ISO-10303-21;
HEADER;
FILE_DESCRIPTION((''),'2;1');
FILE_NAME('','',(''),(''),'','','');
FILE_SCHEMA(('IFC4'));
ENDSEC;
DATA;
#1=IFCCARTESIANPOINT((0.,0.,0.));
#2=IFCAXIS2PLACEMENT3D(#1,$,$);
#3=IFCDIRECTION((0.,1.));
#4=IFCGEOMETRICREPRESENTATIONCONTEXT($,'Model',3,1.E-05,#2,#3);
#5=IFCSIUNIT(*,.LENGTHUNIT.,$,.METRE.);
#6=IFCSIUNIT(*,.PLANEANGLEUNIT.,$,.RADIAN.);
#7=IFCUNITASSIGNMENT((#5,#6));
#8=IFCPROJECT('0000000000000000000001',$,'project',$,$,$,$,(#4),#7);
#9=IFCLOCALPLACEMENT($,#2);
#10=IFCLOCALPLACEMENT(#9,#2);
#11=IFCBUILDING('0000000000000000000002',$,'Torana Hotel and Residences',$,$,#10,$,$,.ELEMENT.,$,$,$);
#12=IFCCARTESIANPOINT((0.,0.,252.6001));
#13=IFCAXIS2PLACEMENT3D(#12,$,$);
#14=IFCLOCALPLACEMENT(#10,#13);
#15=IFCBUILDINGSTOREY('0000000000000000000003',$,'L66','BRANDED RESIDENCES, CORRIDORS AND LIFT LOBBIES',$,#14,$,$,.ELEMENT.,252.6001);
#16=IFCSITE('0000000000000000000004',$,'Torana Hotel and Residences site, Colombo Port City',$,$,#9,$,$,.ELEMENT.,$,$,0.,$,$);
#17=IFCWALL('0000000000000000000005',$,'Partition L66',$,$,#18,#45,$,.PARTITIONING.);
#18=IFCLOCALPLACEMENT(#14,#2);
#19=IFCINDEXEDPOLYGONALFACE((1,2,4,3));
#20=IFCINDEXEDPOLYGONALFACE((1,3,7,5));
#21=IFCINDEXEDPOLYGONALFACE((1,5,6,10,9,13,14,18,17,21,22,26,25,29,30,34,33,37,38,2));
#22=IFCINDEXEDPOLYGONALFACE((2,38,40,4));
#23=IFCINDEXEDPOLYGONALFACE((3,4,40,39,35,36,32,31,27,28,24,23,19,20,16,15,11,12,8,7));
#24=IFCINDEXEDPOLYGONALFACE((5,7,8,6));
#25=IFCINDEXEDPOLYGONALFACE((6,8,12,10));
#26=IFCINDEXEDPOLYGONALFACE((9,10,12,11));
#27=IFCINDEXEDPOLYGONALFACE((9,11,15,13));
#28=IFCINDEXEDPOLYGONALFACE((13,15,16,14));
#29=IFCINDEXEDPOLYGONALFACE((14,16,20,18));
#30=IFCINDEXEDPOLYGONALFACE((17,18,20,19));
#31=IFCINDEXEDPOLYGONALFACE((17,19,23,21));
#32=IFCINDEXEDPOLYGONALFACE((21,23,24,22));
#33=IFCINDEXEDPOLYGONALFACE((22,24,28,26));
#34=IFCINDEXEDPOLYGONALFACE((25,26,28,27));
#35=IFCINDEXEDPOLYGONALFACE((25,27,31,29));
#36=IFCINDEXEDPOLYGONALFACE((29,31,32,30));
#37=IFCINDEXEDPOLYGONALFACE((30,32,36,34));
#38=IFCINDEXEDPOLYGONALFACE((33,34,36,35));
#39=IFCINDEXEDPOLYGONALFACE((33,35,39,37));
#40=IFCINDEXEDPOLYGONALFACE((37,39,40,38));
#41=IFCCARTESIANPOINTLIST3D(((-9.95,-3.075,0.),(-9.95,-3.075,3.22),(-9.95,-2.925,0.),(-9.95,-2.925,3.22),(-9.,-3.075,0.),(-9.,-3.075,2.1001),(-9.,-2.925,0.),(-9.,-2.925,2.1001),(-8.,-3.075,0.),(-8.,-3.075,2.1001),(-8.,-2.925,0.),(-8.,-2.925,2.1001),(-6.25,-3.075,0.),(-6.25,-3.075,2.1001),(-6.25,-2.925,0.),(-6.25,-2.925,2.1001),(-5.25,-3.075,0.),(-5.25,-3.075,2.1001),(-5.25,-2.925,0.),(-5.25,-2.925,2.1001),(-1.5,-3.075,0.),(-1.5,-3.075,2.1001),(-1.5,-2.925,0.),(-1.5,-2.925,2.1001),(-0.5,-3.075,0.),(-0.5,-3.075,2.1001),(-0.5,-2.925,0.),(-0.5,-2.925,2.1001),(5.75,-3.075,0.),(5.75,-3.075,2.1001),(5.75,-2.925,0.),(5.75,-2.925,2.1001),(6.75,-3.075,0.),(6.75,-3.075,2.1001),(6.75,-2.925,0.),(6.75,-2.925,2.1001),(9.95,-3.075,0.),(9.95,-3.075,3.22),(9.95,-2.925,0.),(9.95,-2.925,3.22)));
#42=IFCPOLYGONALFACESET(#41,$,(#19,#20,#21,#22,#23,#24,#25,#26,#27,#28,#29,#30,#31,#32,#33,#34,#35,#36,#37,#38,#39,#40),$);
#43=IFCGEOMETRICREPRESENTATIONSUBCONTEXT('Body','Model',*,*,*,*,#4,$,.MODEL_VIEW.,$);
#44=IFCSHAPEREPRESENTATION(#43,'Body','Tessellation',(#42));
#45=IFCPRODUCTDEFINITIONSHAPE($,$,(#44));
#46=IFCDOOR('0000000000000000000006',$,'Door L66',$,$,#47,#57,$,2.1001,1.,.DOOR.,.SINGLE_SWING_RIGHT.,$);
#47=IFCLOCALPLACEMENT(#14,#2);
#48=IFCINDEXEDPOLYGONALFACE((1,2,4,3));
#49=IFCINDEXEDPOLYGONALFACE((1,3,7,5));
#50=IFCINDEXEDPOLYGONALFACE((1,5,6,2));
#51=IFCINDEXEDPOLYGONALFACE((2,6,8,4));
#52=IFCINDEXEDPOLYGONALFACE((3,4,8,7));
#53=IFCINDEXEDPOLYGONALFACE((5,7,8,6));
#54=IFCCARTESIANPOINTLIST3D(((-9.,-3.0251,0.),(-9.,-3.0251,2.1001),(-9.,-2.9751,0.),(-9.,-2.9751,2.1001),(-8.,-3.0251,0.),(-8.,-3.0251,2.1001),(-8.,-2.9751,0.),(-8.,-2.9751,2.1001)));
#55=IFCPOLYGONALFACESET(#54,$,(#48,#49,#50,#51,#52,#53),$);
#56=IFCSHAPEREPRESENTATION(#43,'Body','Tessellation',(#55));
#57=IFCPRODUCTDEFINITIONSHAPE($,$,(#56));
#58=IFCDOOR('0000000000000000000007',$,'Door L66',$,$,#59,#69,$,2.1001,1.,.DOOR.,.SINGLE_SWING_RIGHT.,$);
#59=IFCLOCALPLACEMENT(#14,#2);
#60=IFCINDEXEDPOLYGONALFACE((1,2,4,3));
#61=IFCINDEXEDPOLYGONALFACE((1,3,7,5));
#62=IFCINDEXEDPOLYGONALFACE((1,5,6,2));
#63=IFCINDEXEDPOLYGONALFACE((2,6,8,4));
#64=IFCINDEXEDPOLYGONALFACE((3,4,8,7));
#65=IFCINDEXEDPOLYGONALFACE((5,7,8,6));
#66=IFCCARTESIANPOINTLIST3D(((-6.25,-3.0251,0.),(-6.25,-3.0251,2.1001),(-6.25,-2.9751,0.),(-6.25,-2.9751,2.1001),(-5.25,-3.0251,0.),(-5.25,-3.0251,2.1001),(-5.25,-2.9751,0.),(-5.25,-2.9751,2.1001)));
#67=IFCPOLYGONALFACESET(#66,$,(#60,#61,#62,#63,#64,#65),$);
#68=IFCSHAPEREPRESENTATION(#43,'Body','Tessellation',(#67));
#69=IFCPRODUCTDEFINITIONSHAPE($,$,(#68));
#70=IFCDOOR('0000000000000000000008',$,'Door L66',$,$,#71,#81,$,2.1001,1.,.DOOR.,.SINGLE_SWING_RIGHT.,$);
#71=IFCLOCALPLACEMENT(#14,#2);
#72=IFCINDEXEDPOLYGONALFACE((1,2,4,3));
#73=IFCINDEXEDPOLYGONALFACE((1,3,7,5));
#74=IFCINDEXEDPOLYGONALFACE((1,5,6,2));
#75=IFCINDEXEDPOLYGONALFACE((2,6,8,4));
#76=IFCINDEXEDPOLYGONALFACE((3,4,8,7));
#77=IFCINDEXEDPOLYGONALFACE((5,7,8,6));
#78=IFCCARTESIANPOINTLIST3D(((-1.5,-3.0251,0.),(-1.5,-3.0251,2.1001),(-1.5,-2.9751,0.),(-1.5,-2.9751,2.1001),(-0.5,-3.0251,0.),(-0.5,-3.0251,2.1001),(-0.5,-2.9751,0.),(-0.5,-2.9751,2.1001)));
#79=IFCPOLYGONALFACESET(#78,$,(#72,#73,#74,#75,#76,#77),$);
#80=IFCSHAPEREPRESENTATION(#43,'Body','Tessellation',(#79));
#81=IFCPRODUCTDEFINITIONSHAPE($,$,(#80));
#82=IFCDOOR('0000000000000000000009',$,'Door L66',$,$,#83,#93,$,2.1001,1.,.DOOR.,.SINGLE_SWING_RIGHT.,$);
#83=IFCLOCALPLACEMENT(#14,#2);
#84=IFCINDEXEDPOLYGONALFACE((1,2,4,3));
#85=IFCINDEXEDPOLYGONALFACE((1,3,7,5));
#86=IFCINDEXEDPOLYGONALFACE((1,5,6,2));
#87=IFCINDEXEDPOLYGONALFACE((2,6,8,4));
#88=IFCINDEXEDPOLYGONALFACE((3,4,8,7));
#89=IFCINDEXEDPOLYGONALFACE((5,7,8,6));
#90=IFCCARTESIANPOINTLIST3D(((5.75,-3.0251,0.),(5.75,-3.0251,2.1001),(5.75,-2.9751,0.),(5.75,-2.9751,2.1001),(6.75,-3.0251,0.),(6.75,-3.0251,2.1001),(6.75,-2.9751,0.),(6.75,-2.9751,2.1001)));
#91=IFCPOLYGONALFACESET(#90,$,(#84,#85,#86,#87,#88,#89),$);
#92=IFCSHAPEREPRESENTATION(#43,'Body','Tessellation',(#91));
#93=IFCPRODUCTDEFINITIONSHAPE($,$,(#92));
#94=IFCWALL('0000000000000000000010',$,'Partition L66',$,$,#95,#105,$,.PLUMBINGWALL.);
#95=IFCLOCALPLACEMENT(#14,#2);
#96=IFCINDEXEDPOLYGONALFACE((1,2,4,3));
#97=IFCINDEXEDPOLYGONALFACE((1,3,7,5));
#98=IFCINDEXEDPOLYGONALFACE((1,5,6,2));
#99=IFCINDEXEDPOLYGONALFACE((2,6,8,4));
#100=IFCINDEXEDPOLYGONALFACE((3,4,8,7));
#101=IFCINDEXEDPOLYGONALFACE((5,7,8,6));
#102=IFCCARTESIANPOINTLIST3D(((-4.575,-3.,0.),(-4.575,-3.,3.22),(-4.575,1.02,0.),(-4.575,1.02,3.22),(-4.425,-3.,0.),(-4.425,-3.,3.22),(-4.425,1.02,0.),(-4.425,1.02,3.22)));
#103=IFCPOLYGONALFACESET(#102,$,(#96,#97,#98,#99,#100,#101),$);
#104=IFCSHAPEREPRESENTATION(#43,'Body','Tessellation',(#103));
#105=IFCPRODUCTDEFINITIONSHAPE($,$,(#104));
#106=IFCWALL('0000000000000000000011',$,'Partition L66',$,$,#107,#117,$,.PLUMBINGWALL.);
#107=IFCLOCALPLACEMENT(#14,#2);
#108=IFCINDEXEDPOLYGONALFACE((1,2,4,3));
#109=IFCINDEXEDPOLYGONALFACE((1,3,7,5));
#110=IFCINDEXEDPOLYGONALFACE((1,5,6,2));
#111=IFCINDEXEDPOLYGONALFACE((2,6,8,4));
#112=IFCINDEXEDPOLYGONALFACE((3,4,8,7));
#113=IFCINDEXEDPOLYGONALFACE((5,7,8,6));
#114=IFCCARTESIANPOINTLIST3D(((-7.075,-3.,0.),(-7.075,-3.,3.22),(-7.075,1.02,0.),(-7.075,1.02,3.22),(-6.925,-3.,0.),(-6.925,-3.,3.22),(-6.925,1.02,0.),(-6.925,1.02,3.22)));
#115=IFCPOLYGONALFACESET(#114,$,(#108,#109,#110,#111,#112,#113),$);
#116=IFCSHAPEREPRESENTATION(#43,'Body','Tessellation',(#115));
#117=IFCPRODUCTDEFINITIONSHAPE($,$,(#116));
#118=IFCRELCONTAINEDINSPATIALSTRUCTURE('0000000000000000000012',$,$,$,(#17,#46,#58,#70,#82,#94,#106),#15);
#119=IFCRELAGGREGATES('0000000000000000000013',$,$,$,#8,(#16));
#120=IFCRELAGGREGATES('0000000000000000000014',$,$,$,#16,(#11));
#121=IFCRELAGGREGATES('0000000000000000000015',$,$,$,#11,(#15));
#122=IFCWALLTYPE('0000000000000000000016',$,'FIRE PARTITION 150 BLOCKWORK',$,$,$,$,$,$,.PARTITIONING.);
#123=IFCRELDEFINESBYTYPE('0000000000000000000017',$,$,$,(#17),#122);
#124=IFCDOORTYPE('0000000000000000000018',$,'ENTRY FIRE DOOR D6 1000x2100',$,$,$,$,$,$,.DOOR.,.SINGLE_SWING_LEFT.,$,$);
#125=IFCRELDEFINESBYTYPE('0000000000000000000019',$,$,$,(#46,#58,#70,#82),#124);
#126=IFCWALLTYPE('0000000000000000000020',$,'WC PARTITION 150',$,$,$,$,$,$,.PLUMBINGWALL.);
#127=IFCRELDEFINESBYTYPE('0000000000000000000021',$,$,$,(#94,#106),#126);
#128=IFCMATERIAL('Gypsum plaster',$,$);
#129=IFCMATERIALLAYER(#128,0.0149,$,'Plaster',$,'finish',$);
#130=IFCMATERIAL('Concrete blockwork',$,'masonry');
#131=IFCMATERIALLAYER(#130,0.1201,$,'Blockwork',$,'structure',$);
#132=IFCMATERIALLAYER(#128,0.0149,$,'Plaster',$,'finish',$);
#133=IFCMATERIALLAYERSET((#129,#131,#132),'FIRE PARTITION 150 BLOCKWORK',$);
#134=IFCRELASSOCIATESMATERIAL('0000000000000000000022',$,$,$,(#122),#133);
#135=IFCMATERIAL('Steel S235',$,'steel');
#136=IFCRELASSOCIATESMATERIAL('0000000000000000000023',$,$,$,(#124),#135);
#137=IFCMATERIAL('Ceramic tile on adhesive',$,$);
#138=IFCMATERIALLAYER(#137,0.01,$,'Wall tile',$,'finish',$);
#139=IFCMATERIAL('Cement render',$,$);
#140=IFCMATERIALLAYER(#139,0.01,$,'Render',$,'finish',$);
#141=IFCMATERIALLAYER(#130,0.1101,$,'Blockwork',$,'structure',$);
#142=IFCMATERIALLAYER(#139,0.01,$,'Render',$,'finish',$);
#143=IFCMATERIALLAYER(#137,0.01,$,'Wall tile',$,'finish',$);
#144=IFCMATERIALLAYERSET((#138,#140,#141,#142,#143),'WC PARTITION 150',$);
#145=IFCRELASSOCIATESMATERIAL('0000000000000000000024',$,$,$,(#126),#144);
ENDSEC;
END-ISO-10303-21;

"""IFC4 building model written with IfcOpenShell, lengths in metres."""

from ifc_helpers import new_model, si_unit, direction, frame, frame_2d, origin, place, context, subcontext, project, spatial, rectangle, extrude, material, layer, layer_set, type_object, element, fill, save


model = new_model("IFC4")

# Units and contexts
model_context = context("Model", 3, precision=1e-05, world=origin(), true_north=direction((0.0, 1.0)))
body_context = subcontext(model_context, "Body", "Model", "MODEL_VIEW")
ifc_project = project(units=[si_unit("LENGTHUNIT", "METRE"), si_unit("PLANEANGLEUNIT", "RADIAN")], contexts=[model_context])

# Site, building, storey
site_placement = place(None, origin())
site = spatial("IfcSite", under=ifc_project, at=site_placement, Name="Torana Hotel and Residences site, Colombo Port City", CompositionType="ELEMENT", RefElevation=0.0)
building_placement = place(site_placement, origin())
building = spatial("IfcBuilding", under=site, at=building_placement, Name="Torana Hotel and Residences", CompositionType="ELEMENT")
storey_placement = place(building_placement, frame((0.0, 0.0, 252.6001)))
storey = spatial("IfcBuildingStorey", under=building, at=storey_placement, Name="L66", Description="BRANDED RESIDENCES, CORRIDORS AND LIFT LOBBIES", CompositionType="ELEMENT", Elevation=252.6001)

# Shared definitions
ifc_material_1 = material(Name="Gypsum plaster")
ifc_layer_1 = layer(ifc_material_1, 0.0149, Name="Plaster", Category="finish")
ifc_material_2 = material(Name="Concrete blockwork", Category="masonry")
ifc_layer_2 = layer(ifc_material_2, 0.1201, Name="Blockwork", Category="structure")
ifc_layer_3 = layer(ifc_material_1, 0.0149, Name="Plaster", Category="finish")
ifc_layer_set_1 = layer_set([ifc_layer_1, ifc_layer_2, ifc_layer_3], Name="FIRE PARTITION 150 BLOCKWORK")
wall_type_1 = type_object("IfcWallType", Name="FIRE PARTITION 150 BLOCKWORK", PredefinedType="PARTITIONING", material=ifc_layer_set_1)

# Shared definitions
ifc_material_3 = material(Name="Steel S235", Category="steel")
door_type_1 = type_object("IfcDoorType", Name="ENTRY FIRE DOOR D6 1000x2100", OperationType="SINGLE_SWING_LEFT", PredefinedType="DOOR", material=ifc_material_3)

# Wall, openings, doors
wall_1_placement = place(storey_placement, frame((-9.95, -3.0, 0.0), z_axis=(0.0, 0.0, 1.0), x_axis=(1.0, 0.0, 0.0)))
wall_1 = element("IfcWall", 1, at=wall_1_placement, inside=storey, type_object=wall_type_1, Name="Partition L66", PredefinedType="PARTITIONING", context=body_context, shape_type="SweptSolid", body=[
    extrude(rectangle(XDim=19.8999, YDim=0.1499, at=frame_2d((9.95, 0.0))), origin(), (0.0, 0.0, 1.0), 3.22),
])
opening_1_placement = place(wall_1_placement, frame((0.95, 0.0, 0.0)))
opening_1 = element("IfcOpeningElement", 2, at=opening_1_placement, cuts=wall_1, PredefinedType="OPENING", context=body_context, shape_type="SweptSolid", body=[
    extrude(rectangle(XDim=1.0, YDim=2.1001, at=frame_2d((0.5, 1.05))), frame((0.0, 0.085, 0.0), z_axis=(0.0, -1.0, 0.0), x_axis=(1.0, 0.0, 0.0)), (0.0, 0.0, 1.0), 0.1699),
])
opening_2_placement = place(wall_1_placement, frame((3.7, 0.0, 0.0)))
opening_2 = element("IfcOpeningElement", 3, at=opening_2_placement, cuts=wall_1, PredefinedType="OPENING", context=body_context, shape_type="SweptSolid", body=[
    extrude(rectangle(XDim=1.0, YDim=2.1001, at=frame_2d((0.5, 1.05))), frame((0.0, 0.085, 0.0), z_axis=(0.0, -1.0, 0.0), x_axis=(1.0, 0.0, 0.0)), (0.0, 0.0, 1.0), 0.1699),
])
opening_3_placement = place(wall_1_placement, frame((8.45, 0.0, 0.0)))
opening_3 = element("IfcOpeningElement", 4, at=opening_3_placement, cuts=wall_1, PredefinedType="OPENING", context=body_context, shape_type="SweptSolid", body=[
    extrude(rectangle(XDim=1.0, YDim=2.1001, at=frame_2d((0.5, 1.05))), frame((0.0, 0.085, 0.0), z_axis=(0.0, -1.0, 0.0), x_axis=(1.0, 0.0, 0.0)), (0.0, 0.0, 1.0), 0.1699),
])
opening_4_placement = place(wall_1_placement, frame((15.7, 0.0, 0.0)))
opening_4 = element("IfcOpeningElement", 5, at=opening_4_placement, cuts=wall_1, PredefinedType="OPENING", context=body_context, shape_type="SweptSolid", body=[
    extrude(rectangle(XDim=1.0, YDim=2.1001, at=frame_2d((0.5, 1.05))), frame((0.0, 0.085, 0.0), z_axis=(0.0, -1.0, 0.0), x_axis=(1.0, 0.0, 0.0)), (0.0, 0.0, 1.0), 0.1699),
])
door_1_placement = place(opening_1_placement, origin())
door_1 = element("IfcDoor", 6, at=door_1_placement, inside=storey, type_object=door_type_1, Name="Door L66", OperationType="SINGLE_SWING_RIGHT", OverallHeight=2.1001, OverallWidth=1.0, PredefinedType="DOOR", context=body_context, shape_type="SweptSolid", body=[
    extrude(rectangle(XDim=1.0, YDim=2.1001, at=frame_2d((0.5, 1.05))), frame((0.0, 0.0249, 0.0), z_axis=(0.0, -1.0, 0.0), x_axis=(1.0, 0.0, 0.0)), (0.0, 0.0, 1.0), 0.05),
])
fill(opening_1, door_1)
door_2_placement = place(opening_2_placement, origin())
door_2 = element("IfcDoor", 7, at=door_2_placement, inside=storey, type_object=door_type_1, Name="Door L66", OperationType="SINGLE_SWING_RIGHT", OverallHeight=2.1001, OverallWidth=1.0, PredefinedType="DOOR", context=body_context, shape_type="SweptSolid", body=[
    extrude(rectangle(XDim=1.0, YDim=2.1001, at=frame_2d((0.5, 1.05))), frame((0.0, 0.0249, 0.0), z_axis=(0.0, -1.0, 0.0), x_axis=(1.0, 0.0, 0.0)), (0.0, 0.0, 1.0), 0.05),
])
fill(opening_2, door_2)
door_3_placement = place(opening_3_placement, origin())
door_3 = element("IfcDoor", 8, at=door_3_placement, inside=storey, type_object=door_type_1, Name="Door L66", OperationType="SINGLE_SWING_RIGHT", OverallHeight=2.1001, OverallWidth=1.0, PredefinedType="DOOR", context=body_context, shape_type="SweptSolid", body=[
    extrude(rectangle(XDim=1.0, YDim=2.1001, at=frame_2d((0.5, 1.05))), frame((0.0, 0.0249, 0.0), z_axis=(0.0, -1.0, 0.0), x_axis=(1.0, 0.0, 0.0)), (0.0, 0.0, 1.0), 0.05),
])
fill(opening_3, door_3)
door_4_placement = place(opening_4_placement, origin())
door_4 = element("IfcDoor", 9, at=door_4_placement, inside=storey, type_object=door_type_1, Name="Door L66", OperationType="SINGLE_SWING_RIGHT", OverallHeight=2.1001, OverallWidth=1.0, PredefinedType="DOOR", context=body_context, shape_type="SweptSolid", body=[
    extrude(rectangle(XDim=1.0, YDim=2.1001, at=frame_2d((0.5, 1.05))), frame((0.0, 0.0249, 0.0), z_axis=(0.0, -1.0, 0.0), x_axis=(1.0, 0.0, 0.0)), (0.0, 0.0, 1.0), 0.05),
])
fill(opening_4, door_4)

# Walls
ifc_material_4 = material(Name="Ceramic tile on adhesive")
ifc_layer_4 = layer(ifc_material_4, 0.01, Name="Wall tile", Category="finish")
ifc_material_5 = material(Name="Cement render")
ifc_layer_5 = layer(ifc_material_5, 0.01, Name="Render", Category="finish")
ifc_layer_6 = layer(ifc_material_2, 0.1101, Name="Blockwork", Category="structure")
ifc_layer_7 = layer(ifc_material_5, 0.01, Name="Render", Category="finish")
ifc_layer_8 = layer(ifc_material_4, 0.01, Name="Wall tile", Category="finish")
ifc_layer_set_2 = layer_set([ifc_layer_4, ifc_layer_5, ifc_layer_6, ifc_layer_7, ifc_layer_8], Name="WC PARTITION 150")
wall_type_2 = type_object("IfcWallType", Name="WC PARTITION 150", PredefinedType="PLUMBINGWALL", material=ifc_layer_set_2)
for number, where, z_axis, x_axis, name in (
    (10, (-4.5, -3.0, 0.0), (0.0, 0.0, 1.0), (0.0, 1.0, 0.0), "Partition L66"),
    (11, (-7.0, -3.0, 0.0), (0.0, 0.0, 1.0), (0.0, 1.0, 0.0), "Partition L66"),
):
    element("IfcWall", number, at=place(storey_placement, frame(where, z_axis=z_axis, x_axis=x_axis)), inside=storey, type_object=wall_type_2, Name=name, PredefinedType="PLUMBINGWALL", context=body_context, shape_type="SweptSolid", body=[
        extrude(rectangle(XDim=4.02, YDim=0.1499, at=frame_2d((2.01, 0.0))), origin(), (0.0, 0.0, 1.0), 3.22),
    ])

save(model, "model.ifc")
